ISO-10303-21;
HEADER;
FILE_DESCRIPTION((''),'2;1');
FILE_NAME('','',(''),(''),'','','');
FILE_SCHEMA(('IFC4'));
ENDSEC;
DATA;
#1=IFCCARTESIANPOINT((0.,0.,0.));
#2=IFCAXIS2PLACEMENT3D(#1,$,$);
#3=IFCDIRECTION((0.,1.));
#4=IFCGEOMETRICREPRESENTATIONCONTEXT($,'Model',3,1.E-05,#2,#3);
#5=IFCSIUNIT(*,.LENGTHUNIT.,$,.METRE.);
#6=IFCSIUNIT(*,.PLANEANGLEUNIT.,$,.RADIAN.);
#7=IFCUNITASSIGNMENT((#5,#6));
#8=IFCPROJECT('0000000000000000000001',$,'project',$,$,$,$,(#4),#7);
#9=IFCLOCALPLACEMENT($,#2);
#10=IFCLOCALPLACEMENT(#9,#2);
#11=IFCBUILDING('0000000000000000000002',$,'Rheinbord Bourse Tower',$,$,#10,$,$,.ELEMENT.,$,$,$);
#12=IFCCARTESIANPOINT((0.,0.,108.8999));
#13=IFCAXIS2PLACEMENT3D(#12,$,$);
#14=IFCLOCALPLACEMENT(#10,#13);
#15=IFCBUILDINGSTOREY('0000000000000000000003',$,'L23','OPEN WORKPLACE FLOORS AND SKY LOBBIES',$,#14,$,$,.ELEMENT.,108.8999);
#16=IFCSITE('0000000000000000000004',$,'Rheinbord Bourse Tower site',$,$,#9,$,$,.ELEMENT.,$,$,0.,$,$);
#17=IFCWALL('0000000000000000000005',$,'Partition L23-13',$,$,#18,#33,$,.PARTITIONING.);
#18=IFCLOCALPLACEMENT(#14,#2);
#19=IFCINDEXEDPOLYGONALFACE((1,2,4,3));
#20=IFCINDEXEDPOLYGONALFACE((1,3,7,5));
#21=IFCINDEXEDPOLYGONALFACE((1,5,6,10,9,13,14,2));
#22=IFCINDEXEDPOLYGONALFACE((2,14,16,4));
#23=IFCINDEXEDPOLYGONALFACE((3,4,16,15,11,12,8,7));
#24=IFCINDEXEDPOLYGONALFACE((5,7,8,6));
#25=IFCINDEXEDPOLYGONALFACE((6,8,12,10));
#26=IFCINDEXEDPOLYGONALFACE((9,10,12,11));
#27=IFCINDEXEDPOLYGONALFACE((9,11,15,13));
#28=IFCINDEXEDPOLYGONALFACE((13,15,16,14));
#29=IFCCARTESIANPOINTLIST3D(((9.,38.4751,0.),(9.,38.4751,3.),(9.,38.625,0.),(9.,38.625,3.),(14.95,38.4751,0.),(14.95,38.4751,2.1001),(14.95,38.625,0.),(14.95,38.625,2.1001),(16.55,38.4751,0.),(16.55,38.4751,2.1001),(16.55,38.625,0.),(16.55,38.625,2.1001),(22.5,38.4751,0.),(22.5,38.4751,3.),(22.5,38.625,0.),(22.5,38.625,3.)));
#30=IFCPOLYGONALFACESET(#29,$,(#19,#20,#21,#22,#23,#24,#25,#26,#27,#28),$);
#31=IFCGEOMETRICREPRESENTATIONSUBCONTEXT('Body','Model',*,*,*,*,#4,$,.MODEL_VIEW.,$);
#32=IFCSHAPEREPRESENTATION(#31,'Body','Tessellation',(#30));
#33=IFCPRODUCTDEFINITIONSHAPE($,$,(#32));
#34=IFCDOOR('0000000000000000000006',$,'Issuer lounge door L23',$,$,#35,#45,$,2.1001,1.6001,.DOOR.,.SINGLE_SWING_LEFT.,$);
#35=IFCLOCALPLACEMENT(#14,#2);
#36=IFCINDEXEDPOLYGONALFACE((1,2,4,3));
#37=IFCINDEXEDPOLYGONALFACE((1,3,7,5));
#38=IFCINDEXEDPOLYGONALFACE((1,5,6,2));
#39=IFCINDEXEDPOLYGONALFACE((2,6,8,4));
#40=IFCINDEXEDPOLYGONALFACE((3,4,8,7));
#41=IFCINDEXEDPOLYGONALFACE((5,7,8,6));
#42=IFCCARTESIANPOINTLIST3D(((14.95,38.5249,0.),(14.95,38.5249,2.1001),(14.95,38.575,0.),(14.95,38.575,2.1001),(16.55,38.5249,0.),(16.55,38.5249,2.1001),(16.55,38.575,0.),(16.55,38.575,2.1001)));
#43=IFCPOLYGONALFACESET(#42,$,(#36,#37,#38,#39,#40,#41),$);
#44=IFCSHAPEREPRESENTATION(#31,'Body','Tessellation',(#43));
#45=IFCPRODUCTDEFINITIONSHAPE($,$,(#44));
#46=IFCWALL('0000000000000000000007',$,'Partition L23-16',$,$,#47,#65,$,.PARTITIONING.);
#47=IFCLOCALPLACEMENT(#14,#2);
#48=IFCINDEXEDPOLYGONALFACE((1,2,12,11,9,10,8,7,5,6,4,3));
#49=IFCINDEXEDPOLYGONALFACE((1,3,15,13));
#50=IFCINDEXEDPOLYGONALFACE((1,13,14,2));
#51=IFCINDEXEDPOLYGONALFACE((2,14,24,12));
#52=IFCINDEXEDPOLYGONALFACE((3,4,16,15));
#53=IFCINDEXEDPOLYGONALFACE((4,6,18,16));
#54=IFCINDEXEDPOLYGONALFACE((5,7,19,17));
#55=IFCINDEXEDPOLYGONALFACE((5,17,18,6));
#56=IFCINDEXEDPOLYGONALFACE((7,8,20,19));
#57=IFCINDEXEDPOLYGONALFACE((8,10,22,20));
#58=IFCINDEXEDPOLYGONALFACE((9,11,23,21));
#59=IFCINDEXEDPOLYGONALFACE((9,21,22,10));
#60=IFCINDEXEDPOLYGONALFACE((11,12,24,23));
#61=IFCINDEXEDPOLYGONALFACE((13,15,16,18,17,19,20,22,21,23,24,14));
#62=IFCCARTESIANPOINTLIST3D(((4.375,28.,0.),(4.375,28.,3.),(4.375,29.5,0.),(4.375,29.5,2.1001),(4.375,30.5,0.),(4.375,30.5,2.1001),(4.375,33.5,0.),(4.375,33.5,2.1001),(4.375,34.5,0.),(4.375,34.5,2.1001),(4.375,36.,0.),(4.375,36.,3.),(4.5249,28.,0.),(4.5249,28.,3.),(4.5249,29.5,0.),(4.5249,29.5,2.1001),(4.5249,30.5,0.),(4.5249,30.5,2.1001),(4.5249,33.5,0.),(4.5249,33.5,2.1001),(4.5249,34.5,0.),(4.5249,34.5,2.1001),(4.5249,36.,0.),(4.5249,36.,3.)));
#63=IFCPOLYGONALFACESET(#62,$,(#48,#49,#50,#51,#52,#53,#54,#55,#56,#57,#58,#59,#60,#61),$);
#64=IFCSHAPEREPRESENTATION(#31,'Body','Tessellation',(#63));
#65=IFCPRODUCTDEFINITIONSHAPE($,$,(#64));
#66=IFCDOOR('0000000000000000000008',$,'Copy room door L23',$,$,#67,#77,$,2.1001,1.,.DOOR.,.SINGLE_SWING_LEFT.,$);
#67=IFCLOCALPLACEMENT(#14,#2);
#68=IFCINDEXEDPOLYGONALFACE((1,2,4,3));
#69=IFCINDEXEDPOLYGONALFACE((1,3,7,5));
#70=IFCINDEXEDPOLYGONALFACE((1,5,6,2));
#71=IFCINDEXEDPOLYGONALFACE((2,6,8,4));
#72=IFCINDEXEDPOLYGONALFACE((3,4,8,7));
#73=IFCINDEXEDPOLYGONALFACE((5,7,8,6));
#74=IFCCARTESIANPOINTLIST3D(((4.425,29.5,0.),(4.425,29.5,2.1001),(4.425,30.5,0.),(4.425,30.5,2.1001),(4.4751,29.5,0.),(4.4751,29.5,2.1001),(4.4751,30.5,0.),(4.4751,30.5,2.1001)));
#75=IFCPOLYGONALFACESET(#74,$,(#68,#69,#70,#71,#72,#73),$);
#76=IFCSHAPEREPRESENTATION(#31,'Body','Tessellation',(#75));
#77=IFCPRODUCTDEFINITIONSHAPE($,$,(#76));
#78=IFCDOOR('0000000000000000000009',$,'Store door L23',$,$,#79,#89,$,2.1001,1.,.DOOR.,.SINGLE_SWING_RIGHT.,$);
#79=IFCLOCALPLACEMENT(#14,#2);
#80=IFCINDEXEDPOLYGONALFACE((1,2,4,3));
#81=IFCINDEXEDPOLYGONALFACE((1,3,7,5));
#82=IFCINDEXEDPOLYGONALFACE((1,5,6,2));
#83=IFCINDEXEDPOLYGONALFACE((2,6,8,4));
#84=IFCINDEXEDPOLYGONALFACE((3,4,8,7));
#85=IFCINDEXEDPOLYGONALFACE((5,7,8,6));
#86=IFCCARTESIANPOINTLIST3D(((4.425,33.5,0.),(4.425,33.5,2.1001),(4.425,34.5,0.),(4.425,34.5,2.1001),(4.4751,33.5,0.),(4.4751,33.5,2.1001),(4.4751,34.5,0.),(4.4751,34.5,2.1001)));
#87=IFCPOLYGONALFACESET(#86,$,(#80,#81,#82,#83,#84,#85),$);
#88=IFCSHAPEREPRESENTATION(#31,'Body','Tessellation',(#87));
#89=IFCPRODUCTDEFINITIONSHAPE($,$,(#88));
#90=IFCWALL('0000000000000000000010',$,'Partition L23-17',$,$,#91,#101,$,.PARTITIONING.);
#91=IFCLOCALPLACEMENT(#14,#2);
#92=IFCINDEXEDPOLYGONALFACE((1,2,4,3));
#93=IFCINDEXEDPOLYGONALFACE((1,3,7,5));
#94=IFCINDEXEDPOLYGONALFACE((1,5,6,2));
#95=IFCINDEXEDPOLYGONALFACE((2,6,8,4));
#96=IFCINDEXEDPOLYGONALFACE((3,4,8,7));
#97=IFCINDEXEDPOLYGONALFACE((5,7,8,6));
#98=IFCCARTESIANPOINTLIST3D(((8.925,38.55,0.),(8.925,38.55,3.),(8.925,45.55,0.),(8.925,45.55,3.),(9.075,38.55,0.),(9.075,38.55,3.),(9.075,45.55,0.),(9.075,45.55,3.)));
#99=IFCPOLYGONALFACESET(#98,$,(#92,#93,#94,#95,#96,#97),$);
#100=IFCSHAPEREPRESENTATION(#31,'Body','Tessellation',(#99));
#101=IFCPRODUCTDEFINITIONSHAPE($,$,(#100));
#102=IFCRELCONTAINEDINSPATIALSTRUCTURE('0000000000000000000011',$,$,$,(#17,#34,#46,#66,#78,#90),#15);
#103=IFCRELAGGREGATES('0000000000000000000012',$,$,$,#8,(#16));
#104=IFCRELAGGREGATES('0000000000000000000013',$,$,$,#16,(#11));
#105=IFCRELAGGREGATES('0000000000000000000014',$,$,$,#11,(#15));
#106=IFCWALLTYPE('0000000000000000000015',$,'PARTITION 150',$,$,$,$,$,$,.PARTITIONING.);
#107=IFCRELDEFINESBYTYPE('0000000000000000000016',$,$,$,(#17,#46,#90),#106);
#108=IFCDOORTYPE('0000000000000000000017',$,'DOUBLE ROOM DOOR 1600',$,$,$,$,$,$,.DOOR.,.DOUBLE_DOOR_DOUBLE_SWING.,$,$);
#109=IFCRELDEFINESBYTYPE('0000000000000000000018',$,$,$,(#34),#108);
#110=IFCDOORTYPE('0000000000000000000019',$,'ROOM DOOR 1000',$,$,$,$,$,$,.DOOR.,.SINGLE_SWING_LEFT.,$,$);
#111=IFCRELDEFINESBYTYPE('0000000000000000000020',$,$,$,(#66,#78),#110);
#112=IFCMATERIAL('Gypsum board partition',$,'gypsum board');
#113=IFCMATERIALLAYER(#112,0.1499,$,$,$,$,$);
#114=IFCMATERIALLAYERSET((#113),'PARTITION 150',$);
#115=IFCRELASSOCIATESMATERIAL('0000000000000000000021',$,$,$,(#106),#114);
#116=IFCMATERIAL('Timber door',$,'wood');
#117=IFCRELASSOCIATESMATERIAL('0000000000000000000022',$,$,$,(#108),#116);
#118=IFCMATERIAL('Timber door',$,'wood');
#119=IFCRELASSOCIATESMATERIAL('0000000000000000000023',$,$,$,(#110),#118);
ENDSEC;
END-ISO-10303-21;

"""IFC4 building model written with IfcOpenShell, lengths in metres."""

from ifc_helpers import new_model, si_unit, direction, frame, frame_2d, origin, place, context, subcontext, project, spatial, rectangle, extrude, material, layer, layer_set, type_object, element, fill, save


model = new_model("IFC4")

# Units and contexts
model_context = context("Model", 3, precision=1e-05, world=origin(), true_north=direction((0.0, 1.0)))
body_context = subcontext(model_context, "Body", "Model", "MODEL_VIEW")
ifc_project = project(units=[si_unit("LENGTHUNIT", "METRE"), si_unit("PLANEANGLEUNIT", "RADIAN")], contexts=[model_context])

# Site, building, storey
site_placement = place(None, origin())
site = spatial("IfcSite", under=ifc_project, at=site_placement, Name="Rheinbord Bourse Tower site", CompositionType="ELEMENT", RefElevation=0.0)
building_placement = place(site_placement, origin())
building = spatial("IfcBuilding", under=site, at=building_placement, Name="Rheinbord Bourse Tower", CompositionType="ELEMENT")
storey_placement = place(building_placement, frame((0.0, 0.0, 108.8999)))
storey = spatial("IfcBuildingStorey", under=building, at=storey_placement, Name="L23", Description="OPEN WORKPLACE FLOORS AND SKY LOBBIES", CompositionType="ELEMENT", Elevation=108.8999)

# Shared definitions
ifc_material_1 = material(Name="Gypsum board partition", Category="gypsum board")
ifc_layer_1 = layer(ifc_material_1, 0.1499)
ifc_layer_set_1 = layer_set([ifc_layer_1], Name="PARTITION 150")
wall_type = type_object("IfcWallType", Name="PARTITION 150", PredefinedType="PARTITIONING", material=ifc_layer_set_1)

# Wall, opening, door
wall_1_placement = place(storey_placement, frame((9.0, 38.55, 0.0), z_axis=(0.0, 0.0, 1.0), x_axis=(1.0, 0.0, 0.0)))
wall_1 = element("IfcWall", 1, at=wall_1_placement, inside=storey, type_object=wall_type, Name="Partition L23-13", PredefinedType="PARTITIONING", context=body_context, shape_type="SweptSolid", body=[
    extrude(rectangle(XDim=13.5, YDim=0.1499, at=frame_2d((6.75, 0.0))), origin(), (0.0, 0.0, 1.0), 3.0),
])
opening_1_placement = place(wall_1_placement, frame((5.95, 0.0, 0.0)))
opening_1 = element("IfcOpeningElement", 2, at=opening_1_placement, cuts=wall_1, PredefinedType="OPENING", context=body_context, shape_type="SweptSolid", body=[
    extrude(rectangle(XDim=1.6001, YDim=2.1001, at=frame_2d((0.8, 1.05))), frame((0.0, 0.085, 0.0), z_axis=(0.0, -1.0, 0.0), x_axis=(1.0, 0.0, 0.0)), (0.0, 0.0, 1.0), 0.1699),
])
ifc_material_2 = material(Name="Timber door", Category="wood")
door_type_1 = type_object("IfcDoorType", Name="DOUBLE ROOM DOOR 1600", OperationType="DOUBLE_DOOR_DOUBLE_SWING", PredefinedType="DOOR", material=ifc_material_2)
door_1_placement = place(opening_1_placement, origin())
door_1 = element("IfcDoor", 3, at=door_1_placement, inside=storey, type_object=door_type_1, Name="Issuer lounge door L23", OperationType="SINGLE_SWING_LEFT", OverallHeight=2.1001, OverallWidth=1.6001, PredefinedType="DOOR", context=body_context, shape_type="SweptSolid", body=[
    extrude(rectangle(XDim=1.6001, YDim=2.1001, at=frame_2d((0.8, 1.05))), frame((0.0, 0.0249, 0.0), z_axis=(0.0, -1.0, 0.0), x_axis=(1.0, 0.0, 0.0)), (0.0, 0.0, 1.0), 0.05),
])
fill(opening_1, door_1)

# Wall, openings, doors
wall_2_placement = place(storey_placement, frame((4.45, 28.0, 0.0), z_axis=(0.0, 0.0, 1.0), x_axis=(0.0, 1.0, 0.0)))
wall_2 = element("IfcWall", 4, at=wall_2_placement, inside=storey, type_object=wall_type, Name="Partition L23-16", PredefinedType="PARTITIONING", context=body_context, shape_type="SweptSolid", body=[
    extrude(rectangle(XDim=8.0, YDim=0.1499, at=frame_2d((4.0, 0.0))), origin(), (0.0, 0.0, 1.0), 3.0),
])
opening_2_placement = place(wall_2_placement, frame((1.5, 0.0, 0.0)))
opening_2 = element("IfcOpeningElement", 5, at=opening_2_placement, cuts=wall_2, PredefinedType="OPENING", context=body_context, shape_type="SweptSolid", body=[
    extrude(rectangle(XDim=1.0, YDim=2.1001, at=frame_2d((0.5, 1.05))), frame((0.0, 0.085, 0.0), z_axis=(0.0, -1.0, 0.0), x_axis=(1.0, 0.0, 0.0)), (0.0, 0.0, 1.0), 0.1699),
])
opening_3_placement = place(wall_2_placement, frame((5.5, 0.0, 0.0)))
opening_3 = element("IfcOpeningElement", 6, at=opening_3_placement, cuts=wall_2, PredefinedType="OPENING", context=body_context, shape_type="SweptSolid", body=[
    extrude(rectangle(XDim=1.0, YDim=2.1001, at=frame_2d((0.5, 1.05))), frame((0.0, 0.085, 0.0), z_axis=(0.0, -1.0, 0.0), x_axis=(1.0, 0.0, 0.0)), (0.0, 0.0, 1.0), 0.1699),
])
ifc_material_3 = material(Name="Timber door", Category="wood")
door_type_2 = type_object("IfcDoorType", Name="ROOM DOOR 1000", OperationType="SINGLE_SWING_LEFT", PredefinedType="DOOR", material=ifc_material_3)
door_2_placement = place(opening_2_placement, origin())
door_2 = element("IfcDoor", 7, at=door_2_placement, inside=storey, type_object=door_type_2, Name="Copy room door L23", OperationType="SINGLE_SWING_LEFT", OverallHeight=2.1001, OverallWidth=1.0, PredefinedType="DOOR", context=body_context, shape_type="SweptSolid", body=[
    extrude(rectangle(XDim=1.0, YDim=2.1001, at=frame_2d((0.5, 1.05))), frame((0.0, 0.0249, 0.0), z_axis=(0.0, -1.0, 0.0), x_axis=(1.0, 0.0, 0.0)), (0.0, 0.0, 1.0), 0.05),
])
fill(opening_2, door_2)
door_3_placement = place(opening_3_placement, origin())
door_3 = element("IfcDoor", 8, at=door_3_placement, inside=storey, type_object=door_type_2, Name="Store door L23", OperationType="SINGLE_SWING_RIGHT", OverallHeight=2.1001, OverallWidth=1.0, PredefinedType="DOOR", context=body_context, shape_type="SweptSolid", body=[
    extrude(rectangle(XDim=1.0, YDim=2.1001, at=frame_2d((0.5, 1.05))), frame((0.0, 0.0249, 0.0), z_axis=(0.0, -1.0, 0.0), x_axis=(1.0, 0.0, 0.0)), (0.0, 0.0, 1.0), 0.05),
])
fill(opening_3, door_3)

# Wall
wall_3_placement = place(storey_placement, frame((9.0, 38.55, 0.0), z_axis=(0.0, 0.0, 1.0), x_axis=(0.0, 1.0, 0.0)))
element("IfcWall", 9, at=wall_3_placement, inside=storey, type_object=wall_type, Name="Partition L23-17", PredefinedType="PARTITIONING", context=body_context, shape_type="SweptSolid", body=[
    extrude(rectangle(XDim=7.0, YDim=0.1499, at=frame_2d((3.5, 0.0))), origin(), (0.0, 0.0, 1.0), 3.0),
])

save(model, "model.ifc")
